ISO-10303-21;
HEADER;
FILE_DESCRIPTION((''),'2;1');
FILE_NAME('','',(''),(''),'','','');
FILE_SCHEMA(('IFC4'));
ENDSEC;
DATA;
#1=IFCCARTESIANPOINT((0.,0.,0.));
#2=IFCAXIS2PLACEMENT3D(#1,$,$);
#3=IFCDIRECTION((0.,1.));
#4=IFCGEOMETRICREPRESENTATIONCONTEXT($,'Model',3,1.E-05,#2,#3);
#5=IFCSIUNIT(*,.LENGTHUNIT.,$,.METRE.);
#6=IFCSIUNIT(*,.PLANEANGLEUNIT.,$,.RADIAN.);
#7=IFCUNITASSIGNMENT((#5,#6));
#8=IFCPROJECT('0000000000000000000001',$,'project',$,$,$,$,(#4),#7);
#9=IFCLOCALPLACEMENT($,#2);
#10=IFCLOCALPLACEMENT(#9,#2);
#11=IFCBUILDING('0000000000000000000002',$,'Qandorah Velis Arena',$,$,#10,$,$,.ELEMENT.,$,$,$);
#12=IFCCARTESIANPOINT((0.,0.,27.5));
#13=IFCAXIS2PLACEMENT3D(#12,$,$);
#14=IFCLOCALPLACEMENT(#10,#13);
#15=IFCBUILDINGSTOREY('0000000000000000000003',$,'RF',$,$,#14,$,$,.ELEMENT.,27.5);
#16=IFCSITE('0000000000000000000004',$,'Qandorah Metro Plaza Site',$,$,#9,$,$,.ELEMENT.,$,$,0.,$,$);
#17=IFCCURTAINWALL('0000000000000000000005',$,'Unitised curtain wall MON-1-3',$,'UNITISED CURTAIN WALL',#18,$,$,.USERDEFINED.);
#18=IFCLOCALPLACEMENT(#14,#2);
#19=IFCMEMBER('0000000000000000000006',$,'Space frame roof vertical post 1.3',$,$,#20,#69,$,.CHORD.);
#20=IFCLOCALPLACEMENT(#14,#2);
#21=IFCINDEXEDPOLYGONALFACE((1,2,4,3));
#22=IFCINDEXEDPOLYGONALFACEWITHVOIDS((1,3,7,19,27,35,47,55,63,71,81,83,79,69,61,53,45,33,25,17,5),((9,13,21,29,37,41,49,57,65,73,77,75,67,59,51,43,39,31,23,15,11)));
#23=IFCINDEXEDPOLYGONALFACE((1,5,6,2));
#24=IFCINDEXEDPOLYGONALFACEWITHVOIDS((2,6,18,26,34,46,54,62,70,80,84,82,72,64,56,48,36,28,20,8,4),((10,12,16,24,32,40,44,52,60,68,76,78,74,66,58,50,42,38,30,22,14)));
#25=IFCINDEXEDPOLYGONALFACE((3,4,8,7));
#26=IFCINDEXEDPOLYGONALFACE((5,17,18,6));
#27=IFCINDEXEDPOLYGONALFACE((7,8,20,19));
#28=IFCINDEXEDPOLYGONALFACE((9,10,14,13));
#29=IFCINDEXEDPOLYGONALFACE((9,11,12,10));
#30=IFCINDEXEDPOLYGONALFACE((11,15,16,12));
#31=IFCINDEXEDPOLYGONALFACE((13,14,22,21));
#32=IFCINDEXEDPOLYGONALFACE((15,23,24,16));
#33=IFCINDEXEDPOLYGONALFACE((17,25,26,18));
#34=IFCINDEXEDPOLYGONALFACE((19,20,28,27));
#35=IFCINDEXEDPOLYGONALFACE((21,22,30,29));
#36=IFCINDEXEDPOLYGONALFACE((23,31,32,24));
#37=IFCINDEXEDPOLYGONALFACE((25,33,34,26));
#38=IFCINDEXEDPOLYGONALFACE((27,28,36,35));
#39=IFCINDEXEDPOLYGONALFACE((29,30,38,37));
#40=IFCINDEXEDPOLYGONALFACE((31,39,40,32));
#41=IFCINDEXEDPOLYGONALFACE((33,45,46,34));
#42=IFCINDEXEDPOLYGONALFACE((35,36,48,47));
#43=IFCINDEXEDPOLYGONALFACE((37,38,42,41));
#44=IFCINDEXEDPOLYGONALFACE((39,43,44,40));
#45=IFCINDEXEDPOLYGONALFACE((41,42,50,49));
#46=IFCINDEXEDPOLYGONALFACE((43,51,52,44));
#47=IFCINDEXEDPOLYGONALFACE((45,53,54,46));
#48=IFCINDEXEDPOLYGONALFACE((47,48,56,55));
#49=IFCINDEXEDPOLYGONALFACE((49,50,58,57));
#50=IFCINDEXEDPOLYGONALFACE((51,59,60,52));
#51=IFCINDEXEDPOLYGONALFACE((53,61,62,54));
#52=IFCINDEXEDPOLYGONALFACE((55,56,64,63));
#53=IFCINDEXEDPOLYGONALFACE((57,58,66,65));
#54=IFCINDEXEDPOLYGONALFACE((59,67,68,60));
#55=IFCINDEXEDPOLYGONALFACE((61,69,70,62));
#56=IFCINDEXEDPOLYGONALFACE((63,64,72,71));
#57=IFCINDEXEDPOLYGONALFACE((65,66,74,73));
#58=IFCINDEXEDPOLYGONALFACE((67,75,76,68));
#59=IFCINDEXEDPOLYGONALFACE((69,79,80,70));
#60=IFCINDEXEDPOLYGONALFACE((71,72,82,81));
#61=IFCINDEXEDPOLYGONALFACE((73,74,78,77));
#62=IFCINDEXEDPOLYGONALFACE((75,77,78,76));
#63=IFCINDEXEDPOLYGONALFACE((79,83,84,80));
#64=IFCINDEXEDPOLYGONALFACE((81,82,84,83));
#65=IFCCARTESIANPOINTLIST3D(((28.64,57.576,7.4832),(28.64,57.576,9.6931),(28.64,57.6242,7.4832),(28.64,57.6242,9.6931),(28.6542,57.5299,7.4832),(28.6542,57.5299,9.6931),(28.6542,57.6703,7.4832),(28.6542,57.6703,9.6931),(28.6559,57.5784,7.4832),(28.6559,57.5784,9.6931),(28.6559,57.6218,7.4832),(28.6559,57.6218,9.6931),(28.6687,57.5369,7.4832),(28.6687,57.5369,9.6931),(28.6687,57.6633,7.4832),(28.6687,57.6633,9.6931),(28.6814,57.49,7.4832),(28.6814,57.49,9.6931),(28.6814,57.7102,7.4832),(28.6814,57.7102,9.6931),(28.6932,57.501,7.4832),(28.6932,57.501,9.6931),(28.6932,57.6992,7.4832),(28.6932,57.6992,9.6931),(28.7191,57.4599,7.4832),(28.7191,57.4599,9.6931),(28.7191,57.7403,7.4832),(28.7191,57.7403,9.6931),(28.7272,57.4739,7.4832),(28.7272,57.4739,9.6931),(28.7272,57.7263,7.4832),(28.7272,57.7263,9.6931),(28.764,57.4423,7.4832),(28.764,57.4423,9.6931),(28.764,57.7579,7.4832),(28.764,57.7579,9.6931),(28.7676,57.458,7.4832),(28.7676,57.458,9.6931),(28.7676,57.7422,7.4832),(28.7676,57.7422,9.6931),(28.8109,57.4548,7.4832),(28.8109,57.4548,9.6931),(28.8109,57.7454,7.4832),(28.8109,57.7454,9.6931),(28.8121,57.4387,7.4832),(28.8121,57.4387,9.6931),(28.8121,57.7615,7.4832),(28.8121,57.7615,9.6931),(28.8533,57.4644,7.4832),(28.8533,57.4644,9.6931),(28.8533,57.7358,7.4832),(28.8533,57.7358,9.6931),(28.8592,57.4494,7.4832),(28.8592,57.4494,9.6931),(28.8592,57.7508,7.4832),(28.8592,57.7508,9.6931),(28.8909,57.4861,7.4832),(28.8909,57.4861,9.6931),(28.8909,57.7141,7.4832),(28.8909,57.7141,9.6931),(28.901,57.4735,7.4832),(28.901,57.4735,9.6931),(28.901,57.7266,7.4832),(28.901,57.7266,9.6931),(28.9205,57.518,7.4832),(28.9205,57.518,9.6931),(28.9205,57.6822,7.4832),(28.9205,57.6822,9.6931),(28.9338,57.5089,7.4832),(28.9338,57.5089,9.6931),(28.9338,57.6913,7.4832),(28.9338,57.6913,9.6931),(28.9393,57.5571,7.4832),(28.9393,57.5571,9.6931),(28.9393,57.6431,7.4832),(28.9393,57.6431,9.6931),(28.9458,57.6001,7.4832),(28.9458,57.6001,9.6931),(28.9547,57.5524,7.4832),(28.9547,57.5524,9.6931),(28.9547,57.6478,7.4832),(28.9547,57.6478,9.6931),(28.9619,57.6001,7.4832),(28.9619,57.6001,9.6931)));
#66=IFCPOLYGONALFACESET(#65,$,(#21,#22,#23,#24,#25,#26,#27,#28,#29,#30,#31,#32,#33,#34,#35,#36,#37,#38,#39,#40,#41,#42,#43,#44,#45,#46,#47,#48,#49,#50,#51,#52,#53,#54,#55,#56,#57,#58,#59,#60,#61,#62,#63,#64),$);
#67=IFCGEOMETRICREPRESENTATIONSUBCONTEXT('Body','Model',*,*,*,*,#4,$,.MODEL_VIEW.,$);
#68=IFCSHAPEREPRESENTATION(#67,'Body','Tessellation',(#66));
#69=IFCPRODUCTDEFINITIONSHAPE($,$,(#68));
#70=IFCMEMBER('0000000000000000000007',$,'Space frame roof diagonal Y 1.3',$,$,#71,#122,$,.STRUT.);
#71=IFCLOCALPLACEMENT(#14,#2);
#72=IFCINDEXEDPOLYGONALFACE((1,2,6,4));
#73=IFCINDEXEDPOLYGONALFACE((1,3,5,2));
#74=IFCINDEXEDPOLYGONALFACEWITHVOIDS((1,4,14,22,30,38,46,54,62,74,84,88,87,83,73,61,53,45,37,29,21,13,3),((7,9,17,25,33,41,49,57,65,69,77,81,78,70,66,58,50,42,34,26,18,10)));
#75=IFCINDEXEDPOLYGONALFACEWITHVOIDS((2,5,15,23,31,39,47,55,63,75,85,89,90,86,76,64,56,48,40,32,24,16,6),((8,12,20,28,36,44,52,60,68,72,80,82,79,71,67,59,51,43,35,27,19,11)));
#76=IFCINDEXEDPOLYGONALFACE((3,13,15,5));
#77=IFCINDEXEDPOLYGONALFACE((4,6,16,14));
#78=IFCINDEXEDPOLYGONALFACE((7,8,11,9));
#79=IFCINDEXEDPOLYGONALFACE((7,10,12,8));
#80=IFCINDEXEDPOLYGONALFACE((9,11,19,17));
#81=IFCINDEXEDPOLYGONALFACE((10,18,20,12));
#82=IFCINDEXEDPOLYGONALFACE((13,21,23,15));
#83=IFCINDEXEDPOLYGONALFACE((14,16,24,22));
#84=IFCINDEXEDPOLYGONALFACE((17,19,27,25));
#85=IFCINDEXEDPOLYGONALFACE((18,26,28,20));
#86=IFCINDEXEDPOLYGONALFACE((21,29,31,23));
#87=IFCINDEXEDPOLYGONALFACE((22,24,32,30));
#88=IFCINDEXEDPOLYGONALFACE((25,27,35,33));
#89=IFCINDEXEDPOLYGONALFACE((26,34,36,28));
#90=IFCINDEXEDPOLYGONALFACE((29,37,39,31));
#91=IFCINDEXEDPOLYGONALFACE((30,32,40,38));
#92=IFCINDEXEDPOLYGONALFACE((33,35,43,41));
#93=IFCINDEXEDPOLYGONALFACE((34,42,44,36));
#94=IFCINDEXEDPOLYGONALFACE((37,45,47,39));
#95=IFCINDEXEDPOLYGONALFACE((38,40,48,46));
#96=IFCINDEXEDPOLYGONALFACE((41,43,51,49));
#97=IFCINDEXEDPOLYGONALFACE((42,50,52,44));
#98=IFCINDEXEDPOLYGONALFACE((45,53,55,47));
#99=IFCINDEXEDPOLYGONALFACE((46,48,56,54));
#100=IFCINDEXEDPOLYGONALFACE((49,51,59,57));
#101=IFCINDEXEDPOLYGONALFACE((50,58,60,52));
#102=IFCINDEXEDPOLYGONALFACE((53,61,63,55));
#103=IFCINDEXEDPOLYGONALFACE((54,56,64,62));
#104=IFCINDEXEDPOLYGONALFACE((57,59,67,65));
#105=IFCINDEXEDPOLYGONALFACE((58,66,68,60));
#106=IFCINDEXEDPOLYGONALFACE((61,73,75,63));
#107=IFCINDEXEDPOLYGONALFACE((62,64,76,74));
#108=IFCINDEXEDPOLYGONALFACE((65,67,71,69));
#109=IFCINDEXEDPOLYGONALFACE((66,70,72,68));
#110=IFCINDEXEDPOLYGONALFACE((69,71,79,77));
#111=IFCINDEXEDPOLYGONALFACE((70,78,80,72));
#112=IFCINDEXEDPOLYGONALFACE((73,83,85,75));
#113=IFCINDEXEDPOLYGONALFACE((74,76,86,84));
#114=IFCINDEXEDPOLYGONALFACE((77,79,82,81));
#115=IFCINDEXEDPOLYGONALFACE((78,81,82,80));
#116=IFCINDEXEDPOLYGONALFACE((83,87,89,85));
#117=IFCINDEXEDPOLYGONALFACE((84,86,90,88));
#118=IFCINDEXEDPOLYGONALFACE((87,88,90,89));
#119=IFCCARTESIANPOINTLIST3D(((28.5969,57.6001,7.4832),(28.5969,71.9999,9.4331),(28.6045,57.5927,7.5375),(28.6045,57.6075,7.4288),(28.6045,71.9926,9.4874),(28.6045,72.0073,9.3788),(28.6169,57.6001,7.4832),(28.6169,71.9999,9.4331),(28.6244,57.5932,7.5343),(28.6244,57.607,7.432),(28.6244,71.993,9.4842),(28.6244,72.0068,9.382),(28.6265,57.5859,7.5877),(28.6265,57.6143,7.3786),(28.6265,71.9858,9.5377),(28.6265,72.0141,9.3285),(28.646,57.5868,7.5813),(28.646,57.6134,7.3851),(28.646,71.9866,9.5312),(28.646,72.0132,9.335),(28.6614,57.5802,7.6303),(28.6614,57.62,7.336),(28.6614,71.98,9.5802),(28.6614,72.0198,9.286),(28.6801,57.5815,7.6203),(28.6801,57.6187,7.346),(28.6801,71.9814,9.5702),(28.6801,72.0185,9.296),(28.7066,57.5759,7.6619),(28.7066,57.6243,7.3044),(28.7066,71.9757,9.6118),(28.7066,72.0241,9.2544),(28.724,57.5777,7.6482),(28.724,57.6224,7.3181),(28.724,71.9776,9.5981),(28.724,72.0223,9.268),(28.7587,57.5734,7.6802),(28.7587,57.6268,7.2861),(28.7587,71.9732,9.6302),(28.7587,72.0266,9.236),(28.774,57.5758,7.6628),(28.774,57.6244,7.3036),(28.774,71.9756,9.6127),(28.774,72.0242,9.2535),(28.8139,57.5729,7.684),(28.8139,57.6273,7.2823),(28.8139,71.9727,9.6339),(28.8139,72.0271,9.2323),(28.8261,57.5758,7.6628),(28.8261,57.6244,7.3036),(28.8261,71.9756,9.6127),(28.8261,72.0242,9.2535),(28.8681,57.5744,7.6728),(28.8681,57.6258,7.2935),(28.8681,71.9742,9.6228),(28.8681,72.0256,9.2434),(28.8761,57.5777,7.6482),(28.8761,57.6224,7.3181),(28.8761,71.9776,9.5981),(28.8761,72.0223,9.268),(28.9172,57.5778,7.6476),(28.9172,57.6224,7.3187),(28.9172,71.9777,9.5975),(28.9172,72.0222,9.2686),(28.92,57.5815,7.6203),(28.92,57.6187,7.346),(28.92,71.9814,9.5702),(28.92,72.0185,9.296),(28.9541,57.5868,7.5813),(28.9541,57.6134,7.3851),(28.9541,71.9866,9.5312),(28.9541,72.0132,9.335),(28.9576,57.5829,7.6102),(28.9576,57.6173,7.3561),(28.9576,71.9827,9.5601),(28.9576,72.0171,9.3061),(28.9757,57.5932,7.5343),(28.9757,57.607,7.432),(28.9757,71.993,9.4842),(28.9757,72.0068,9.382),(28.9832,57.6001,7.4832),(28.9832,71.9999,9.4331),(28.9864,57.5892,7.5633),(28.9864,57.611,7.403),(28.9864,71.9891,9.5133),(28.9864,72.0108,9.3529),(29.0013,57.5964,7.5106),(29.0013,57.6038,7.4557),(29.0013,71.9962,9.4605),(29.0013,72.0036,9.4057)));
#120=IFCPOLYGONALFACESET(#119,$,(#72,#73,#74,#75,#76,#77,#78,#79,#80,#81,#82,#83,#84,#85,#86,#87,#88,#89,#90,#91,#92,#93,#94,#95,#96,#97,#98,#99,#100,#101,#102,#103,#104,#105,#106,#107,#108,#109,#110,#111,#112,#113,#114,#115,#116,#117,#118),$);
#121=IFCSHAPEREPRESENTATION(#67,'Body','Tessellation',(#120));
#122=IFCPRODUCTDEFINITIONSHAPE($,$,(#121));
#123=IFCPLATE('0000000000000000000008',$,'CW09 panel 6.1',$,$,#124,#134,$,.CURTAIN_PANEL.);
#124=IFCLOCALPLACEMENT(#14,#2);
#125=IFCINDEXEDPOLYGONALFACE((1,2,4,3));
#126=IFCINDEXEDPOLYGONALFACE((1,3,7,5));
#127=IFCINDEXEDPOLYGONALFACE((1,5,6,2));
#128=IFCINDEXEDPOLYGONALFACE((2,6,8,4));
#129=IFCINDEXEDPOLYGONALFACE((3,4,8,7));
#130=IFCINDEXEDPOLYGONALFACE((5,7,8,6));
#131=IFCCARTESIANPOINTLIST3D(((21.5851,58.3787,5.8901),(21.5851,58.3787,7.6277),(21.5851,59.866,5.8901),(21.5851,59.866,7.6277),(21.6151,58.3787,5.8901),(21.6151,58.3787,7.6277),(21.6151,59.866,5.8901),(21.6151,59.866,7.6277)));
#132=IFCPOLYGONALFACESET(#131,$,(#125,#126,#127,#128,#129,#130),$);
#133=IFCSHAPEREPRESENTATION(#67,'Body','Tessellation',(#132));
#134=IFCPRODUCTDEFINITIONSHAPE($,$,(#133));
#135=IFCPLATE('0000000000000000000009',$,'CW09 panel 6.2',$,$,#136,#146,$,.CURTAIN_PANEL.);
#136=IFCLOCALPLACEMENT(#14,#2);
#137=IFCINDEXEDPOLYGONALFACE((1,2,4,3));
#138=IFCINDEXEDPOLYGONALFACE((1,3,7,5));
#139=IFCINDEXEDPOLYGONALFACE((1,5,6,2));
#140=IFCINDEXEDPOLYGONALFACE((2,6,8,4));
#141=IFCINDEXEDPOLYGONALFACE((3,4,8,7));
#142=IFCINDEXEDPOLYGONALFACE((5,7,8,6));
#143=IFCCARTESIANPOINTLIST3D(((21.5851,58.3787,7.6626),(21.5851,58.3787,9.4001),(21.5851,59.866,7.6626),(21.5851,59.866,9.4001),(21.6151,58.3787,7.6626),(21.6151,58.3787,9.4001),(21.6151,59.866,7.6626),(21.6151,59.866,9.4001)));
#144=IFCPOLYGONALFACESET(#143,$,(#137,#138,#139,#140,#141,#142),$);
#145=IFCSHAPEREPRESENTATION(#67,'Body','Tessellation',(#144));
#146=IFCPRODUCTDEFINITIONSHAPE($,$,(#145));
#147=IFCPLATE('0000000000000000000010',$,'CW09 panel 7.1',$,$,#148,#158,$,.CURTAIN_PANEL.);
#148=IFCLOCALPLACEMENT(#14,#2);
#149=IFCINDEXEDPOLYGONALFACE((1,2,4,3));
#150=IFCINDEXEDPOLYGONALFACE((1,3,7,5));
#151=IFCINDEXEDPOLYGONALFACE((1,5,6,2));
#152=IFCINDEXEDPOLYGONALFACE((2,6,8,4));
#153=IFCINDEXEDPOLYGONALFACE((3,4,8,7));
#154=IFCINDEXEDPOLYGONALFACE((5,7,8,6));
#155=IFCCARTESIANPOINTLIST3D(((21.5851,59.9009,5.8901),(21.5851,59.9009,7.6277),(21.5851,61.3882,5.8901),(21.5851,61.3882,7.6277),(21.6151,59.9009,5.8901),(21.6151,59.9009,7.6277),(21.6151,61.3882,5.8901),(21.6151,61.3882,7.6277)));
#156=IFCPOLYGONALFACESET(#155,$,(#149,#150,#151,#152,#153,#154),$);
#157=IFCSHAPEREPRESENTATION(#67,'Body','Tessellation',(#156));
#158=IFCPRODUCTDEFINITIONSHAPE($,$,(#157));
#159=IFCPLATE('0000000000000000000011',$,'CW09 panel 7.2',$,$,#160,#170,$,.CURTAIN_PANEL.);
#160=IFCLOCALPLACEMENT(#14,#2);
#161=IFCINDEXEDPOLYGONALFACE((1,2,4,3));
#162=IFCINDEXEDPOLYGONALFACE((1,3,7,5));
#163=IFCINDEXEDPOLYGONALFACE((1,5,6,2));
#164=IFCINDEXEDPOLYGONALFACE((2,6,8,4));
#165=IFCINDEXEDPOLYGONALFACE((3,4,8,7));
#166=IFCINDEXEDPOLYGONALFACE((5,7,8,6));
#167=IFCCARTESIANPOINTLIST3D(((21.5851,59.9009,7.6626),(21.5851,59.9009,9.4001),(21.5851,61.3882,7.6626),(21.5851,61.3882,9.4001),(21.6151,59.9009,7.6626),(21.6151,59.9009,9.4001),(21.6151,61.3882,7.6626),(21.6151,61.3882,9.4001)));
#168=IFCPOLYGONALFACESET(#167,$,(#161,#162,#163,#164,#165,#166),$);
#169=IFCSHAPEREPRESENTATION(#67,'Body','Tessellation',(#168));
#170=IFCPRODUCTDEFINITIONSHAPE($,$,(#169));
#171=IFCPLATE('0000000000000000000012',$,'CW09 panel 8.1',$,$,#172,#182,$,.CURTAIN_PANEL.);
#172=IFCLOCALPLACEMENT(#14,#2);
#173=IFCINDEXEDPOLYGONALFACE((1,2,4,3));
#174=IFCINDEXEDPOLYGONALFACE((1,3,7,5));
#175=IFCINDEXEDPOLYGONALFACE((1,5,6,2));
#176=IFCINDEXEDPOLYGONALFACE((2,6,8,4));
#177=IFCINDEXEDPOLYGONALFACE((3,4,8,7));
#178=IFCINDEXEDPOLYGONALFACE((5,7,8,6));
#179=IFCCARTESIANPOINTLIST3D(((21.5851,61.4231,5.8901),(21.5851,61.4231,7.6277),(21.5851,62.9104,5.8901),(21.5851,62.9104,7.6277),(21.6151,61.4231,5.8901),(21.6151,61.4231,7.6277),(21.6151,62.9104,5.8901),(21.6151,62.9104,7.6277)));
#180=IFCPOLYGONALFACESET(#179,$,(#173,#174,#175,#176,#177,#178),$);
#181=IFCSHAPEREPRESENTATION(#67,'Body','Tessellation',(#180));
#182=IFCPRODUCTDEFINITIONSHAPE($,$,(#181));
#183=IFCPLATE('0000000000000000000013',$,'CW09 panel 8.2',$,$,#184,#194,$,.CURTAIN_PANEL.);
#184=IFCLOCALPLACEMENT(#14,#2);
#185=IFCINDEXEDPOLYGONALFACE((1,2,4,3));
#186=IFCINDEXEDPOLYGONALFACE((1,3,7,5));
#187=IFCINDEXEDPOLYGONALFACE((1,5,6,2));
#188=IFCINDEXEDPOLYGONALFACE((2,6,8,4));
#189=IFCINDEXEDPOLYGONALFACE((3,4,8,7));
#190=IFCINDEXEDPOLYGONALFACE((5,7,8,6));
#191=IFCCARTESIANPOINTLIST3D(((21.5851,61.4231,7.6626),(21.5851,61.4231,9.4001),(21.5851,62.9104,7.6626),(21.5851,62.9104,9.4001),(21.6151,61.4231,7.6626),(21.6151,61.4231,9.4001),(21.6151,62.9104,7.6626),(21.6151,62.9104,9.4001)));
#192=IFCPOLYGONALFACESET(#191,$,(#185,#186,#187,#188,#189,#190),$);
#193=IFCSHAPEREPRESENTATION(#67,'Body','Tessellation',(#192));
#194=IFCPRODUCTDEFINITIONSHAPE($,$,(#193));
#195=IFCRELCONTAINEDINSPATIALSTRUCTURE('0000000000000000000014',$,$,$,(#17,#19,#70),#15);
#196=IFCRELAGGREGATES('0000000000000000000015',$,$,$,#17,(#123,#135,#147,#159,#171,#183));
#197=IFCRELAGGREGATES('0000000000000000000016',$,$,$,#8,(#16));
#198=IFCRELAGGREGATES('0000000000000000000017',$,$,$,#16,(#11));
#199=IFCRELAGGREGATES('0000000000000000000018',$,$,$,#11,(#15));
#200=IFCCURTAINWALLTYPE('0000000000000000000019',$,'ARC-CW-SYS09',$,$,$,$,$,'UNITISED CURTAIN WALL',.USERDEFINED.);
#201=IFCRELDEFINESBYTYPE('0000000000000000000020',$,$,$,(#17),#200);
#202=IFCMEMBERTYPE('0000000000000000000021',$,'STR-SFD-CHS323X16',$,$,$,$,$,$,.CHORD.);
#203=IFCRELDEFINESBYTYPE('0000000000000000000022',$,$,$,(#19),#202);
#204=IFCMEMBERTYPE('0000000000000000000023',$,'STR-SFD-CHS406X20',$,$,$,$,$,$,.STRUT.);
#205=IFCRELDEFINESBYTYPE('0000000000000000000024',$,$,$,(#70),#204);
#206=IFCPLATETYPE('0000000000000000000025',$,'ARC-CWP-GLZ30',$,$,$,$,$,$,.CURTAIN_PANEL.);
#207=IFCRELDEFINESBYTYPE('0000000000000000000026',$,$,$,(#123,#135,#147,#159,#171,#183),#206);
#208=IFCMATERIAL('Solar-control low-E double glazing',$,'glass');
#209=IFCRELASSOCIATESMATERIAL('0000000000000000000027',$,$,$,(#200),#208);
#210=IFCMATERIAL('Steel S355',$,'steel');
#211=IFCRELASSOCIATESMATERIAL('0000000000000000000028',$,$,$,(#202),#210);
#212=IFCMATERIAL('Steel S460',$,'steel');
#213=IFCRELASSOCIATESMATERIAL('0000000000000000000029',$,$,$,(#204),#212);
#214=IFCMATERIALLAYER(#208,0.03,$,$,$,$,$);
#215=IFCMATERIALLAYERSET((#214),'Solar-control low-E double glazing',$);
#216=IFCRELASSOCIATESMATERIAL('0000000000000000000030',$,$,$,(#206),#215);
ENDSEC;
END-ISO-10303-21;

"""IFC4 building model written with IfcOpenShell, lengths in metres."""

from ifc_helpers import new_model, si_unit, direction, frame, origin, origin_2d, place, context, subcontext, project, spatial, rectangle, hollow_circle, extrude, material, layer, layer_set, material_profile, profile_set, type_object, element, aggregate, save


model = new_model("IFC4")

# Units and contexts
model_context = context("Model", 3, precision=1e-05, world=origin(), true_north=direction((0.0, 1.0)))
body_context = subcontext(model_context, "Body", "Model", "MODEL_VIEW")
ifc_project = project(units=[si_unit("LENGTHUNIT", "METRE"), si_unit("PLANEANGLEUNIT", "RADIAN")], contexts=[model_context])

# Site, building, storey
site_placement = place(None, origin())
site = spatial("IfcSite", under=ifc_project, at=site_placement, Name="Qandorah Metro Plaza Site", CompositionType="ELEMENT", RefElevation=0.0)
building_placement = place(site_placement, origin())
building = spatial("IfcBuilding", under=site, at=building_placement, Name="Qandorah Velis Arena", CompositionType="ELEMENT")
storey_placement = place(building_placement, frame((0.0, 0.0, 27.5)))
storey = spatial("IfcBuildingStorey", under=building, at=storey_placement, Name="RF", CompositionType="ELEMENT", Elevation=27.5)

# Curtain wall
ifc_material_1 = material(Name="Solar-control low-E double glazing", Category="glass")
curtain_wall_type_1 = type_object("IfcCurtainWallType", Name="ARC-CW-SYS09", ElementType="UNITISED CURTAIN WALL", PredefinedType="USERDEFINED", material=ifc_material_1)
curtain_wall_1_placement = place(storey_placement, origin())
curtain_wall_1 = element("IfcCurtainWall", 1, at=curtain_wall_1_placement, inside=storey, type_object=curtain_wall_type_1, Name="Unitised curtain wall MON-1-3", ObjectType="UNITISED CURTAIN WALL", PredefinedType="USERDEFINED")

# Shared definitions
ifc_material_2 = material(Name="Steel S355", Category="steel")

# Members
ifc_material_profile_1 = material_profile(ifc_material_2, hollow_circle(Radius=0.1619, WallThickness=0.0161, at=origin_2d()), Name="CHS 323.9x16")
ifc_profile_set_1 = profile_set([ifc_material_profile_1], Name="Steel S355")
member_type_1 = type_object("IfcMemberType", Name="STR-SFD-CHS323X16", PredefinedType="CHORD", material=ifc_profile_set_1)
member_1_placement = place(storey_placement, frame((28.8, 57.6001, 7.4832), z_axis=(0.0, 0.0, 1.0), x_axis=(1.0, 0.0, 0.0)))
element("IfcMember", 2, at=member_1_placement, inside=storey, type_object=member_type_1, Name="Space frame roof vertical post 1.3", PredefinedType="CHORD", context=body_context, shape_type="SweptSolid", body=[
    extrude(hollow_circle(Radius=0.1619, WallThickness=0.0161, at=origin_2d()), origin(), (0.0, 0.0, 1.0), 2.21),
])
ifc_material_3 = material(Name="Steel S460", Category="steel")
ifc_material_profile_2 = material_profile(ifc_material_3, hollow_circle(Radius=0.2031, WallThickness=0.02, at=origin_2d()), Name="CHS 406.4x20")
ifc_profile_set_2 = profile_set([ifc_material_profile_2], Name="Steel S460")
member_type_2 = type_object("IfcMemberType", Name="STR-SFD-CHS406X20", PredefinedType="STRUT", material=ifc_profile_set_2)
member_2_placement = place(storey_placement, frame((28.8, 57.6001, 7.4832), z_axis=(0.0, 0.990956, 0.134189), x_axis=(-1.0, 0.0, 0.0)))
element("IfcMember", 3, at=member_2_placement, inside=storey, type_object=member_type_2, Name="Space frame roof diagonal Y 1.3", PredefinedType="STRUT", context=body_context, shape_type="SweptSolid", body=[
    extrude(hollow_circle(Radius=0.2031, WallThickness=0.02, at=origin_2d()), origin(), (0.0, 0.0, 1.0), 14.5312),
])

# Plates
ifc_layer_1 = layer(ifc_material_1, 0.03)
ifc_layer_set_1 = layer_set([ifc_layer_1], Name="Solar-control low-E double glazing")
plate_type_1 = type_object("IfcPlateType", Name="ARC-CWP-GLZ30", PredefinedType="CURTAIN_PANEL", material=ifc_layer_set_1)
plate_1_placement = place(storey_placement, frame((21.6001, 59.1223, 5.8901), z_axis=(0.0, 0.0, 1.0), x_axis=(0.0, 1.0, 0.0)))
plate_1 = element("IfcPlate", 4, at=plate_1_placement, type_object=plate_type_1, Name="CW09 panel 6.1", PredefinedType="CURTAIN_PANEL", context=body_context, shape_type="SweptSolid", body=[
    extrude(rectangle(XDim=1.4873, YDim=0.03, at=origin_2d()), origin(), (0.0, 0.0, 1.0), 1.7375),
])
plate_2_placement = place(storey_placement, frame((21.6001, 59.1223, 7.6626), z_axis=(0.0, 0.0, 1.0), x_axis=(0.0, 1.0, 0.0)))
plate_2 = element("IfcPlate", 5, at=plate_2_placement, type_object=plate_type_1, Name="CW09 panel 6.2", PredefinedType="CURTAIN_PANEL", context=body_context, shape_type="SweptSolid", body=[
    extrude(rectangle(XDim=1.4873, YDim=0.03, at=origin_2d()), origin(), (0.0, 0.0, 1.0), 1.7375),
])
plate_3_placement = place(storey_placement, frame((21.6001, 60.6445, 5.8901), z_axis=(0.0, 0.0, 1.0), x_axis=(0.0, 1.0, 0.0)))
plate_3 = element("IfcPlate", 6, at=plate_3_placement, type_object=plate_type_1, Name="CW09 panel 7.1", PredefinedType="CURTAIN_PANEL", context=body_context, shape_type="SweptSolid", body=[
    extrude(rectangle(XDim=1.4873, YDim=0.03, at=origin_2d()), origin(), (0.0, 0.0, 1.0), 1.7375),
])
plate_4_placement = place(storey_placement, frame((21.6001, 60.6445, 7.6626), z_axis=(0.0, 0.0, 1.0), x_axis=(0.0, 1.0, 0.0)))
plate_4 = element("IfcPlate", 7, at=plate_4_placement, type_object=plate_type_1, Name="CW09 panel 7.2", PredefinedType="CURTAIN_PANEL", context=body_context, shape_type="SweptSolid", body=[
    extrude(rectangle(XDim=1.4873, YDim=0.03, at=origin_2d()), origin(), (0.0, 0.0, 1.0), 1.7375),
])
plate_5_placement = place(storey_placement, frame((21.6001, 62.1667, 5.8901), z_axis=(0.0, 0.0, 1.0), x_axis=(0.0, 1.0, 0.0)))
plate_5 = element("IfcPlate", 8, at=plate_5_placement, type_object=plate_type_1, Name="CW09 panel 8.1", PredefinedType="CURTAIN_PANEL", context=body_context, shape_type="SweptSolid", body=[
    extrude(rectangle(XDim=1.4873, YDim=0.03, at=origin_2d()), origin(), (0.0, 0.0, 1.0), 1.7375),
])
plate_6_placement = place(storey_placement, frame((21.6001, 62.1667, 7.6626), z_axis=(0.0, 0.0, 1.0), x_axis=(0.0, 1.0, 0.0)))
plate_6 = element("IfcPlate", 9, at=plate_6_placement, type_object=plate_type_1, Name="CW09 panel 8.2", PredefinedType="CURTAIN_PANEL", context=body_context, shape_type="SweptSolid", body=[
    extrude(rectangle(XDim=1.4873, YDim=0.03, at=origin_2d()), origin(), (0.0, 0.0, 1.0), 1.7375),
])
aggregate(curtain_wall_1, [plate_1, plate_2, plate_3, plate_4, plate_5, plate_6])

save(model, "model.ifc")
